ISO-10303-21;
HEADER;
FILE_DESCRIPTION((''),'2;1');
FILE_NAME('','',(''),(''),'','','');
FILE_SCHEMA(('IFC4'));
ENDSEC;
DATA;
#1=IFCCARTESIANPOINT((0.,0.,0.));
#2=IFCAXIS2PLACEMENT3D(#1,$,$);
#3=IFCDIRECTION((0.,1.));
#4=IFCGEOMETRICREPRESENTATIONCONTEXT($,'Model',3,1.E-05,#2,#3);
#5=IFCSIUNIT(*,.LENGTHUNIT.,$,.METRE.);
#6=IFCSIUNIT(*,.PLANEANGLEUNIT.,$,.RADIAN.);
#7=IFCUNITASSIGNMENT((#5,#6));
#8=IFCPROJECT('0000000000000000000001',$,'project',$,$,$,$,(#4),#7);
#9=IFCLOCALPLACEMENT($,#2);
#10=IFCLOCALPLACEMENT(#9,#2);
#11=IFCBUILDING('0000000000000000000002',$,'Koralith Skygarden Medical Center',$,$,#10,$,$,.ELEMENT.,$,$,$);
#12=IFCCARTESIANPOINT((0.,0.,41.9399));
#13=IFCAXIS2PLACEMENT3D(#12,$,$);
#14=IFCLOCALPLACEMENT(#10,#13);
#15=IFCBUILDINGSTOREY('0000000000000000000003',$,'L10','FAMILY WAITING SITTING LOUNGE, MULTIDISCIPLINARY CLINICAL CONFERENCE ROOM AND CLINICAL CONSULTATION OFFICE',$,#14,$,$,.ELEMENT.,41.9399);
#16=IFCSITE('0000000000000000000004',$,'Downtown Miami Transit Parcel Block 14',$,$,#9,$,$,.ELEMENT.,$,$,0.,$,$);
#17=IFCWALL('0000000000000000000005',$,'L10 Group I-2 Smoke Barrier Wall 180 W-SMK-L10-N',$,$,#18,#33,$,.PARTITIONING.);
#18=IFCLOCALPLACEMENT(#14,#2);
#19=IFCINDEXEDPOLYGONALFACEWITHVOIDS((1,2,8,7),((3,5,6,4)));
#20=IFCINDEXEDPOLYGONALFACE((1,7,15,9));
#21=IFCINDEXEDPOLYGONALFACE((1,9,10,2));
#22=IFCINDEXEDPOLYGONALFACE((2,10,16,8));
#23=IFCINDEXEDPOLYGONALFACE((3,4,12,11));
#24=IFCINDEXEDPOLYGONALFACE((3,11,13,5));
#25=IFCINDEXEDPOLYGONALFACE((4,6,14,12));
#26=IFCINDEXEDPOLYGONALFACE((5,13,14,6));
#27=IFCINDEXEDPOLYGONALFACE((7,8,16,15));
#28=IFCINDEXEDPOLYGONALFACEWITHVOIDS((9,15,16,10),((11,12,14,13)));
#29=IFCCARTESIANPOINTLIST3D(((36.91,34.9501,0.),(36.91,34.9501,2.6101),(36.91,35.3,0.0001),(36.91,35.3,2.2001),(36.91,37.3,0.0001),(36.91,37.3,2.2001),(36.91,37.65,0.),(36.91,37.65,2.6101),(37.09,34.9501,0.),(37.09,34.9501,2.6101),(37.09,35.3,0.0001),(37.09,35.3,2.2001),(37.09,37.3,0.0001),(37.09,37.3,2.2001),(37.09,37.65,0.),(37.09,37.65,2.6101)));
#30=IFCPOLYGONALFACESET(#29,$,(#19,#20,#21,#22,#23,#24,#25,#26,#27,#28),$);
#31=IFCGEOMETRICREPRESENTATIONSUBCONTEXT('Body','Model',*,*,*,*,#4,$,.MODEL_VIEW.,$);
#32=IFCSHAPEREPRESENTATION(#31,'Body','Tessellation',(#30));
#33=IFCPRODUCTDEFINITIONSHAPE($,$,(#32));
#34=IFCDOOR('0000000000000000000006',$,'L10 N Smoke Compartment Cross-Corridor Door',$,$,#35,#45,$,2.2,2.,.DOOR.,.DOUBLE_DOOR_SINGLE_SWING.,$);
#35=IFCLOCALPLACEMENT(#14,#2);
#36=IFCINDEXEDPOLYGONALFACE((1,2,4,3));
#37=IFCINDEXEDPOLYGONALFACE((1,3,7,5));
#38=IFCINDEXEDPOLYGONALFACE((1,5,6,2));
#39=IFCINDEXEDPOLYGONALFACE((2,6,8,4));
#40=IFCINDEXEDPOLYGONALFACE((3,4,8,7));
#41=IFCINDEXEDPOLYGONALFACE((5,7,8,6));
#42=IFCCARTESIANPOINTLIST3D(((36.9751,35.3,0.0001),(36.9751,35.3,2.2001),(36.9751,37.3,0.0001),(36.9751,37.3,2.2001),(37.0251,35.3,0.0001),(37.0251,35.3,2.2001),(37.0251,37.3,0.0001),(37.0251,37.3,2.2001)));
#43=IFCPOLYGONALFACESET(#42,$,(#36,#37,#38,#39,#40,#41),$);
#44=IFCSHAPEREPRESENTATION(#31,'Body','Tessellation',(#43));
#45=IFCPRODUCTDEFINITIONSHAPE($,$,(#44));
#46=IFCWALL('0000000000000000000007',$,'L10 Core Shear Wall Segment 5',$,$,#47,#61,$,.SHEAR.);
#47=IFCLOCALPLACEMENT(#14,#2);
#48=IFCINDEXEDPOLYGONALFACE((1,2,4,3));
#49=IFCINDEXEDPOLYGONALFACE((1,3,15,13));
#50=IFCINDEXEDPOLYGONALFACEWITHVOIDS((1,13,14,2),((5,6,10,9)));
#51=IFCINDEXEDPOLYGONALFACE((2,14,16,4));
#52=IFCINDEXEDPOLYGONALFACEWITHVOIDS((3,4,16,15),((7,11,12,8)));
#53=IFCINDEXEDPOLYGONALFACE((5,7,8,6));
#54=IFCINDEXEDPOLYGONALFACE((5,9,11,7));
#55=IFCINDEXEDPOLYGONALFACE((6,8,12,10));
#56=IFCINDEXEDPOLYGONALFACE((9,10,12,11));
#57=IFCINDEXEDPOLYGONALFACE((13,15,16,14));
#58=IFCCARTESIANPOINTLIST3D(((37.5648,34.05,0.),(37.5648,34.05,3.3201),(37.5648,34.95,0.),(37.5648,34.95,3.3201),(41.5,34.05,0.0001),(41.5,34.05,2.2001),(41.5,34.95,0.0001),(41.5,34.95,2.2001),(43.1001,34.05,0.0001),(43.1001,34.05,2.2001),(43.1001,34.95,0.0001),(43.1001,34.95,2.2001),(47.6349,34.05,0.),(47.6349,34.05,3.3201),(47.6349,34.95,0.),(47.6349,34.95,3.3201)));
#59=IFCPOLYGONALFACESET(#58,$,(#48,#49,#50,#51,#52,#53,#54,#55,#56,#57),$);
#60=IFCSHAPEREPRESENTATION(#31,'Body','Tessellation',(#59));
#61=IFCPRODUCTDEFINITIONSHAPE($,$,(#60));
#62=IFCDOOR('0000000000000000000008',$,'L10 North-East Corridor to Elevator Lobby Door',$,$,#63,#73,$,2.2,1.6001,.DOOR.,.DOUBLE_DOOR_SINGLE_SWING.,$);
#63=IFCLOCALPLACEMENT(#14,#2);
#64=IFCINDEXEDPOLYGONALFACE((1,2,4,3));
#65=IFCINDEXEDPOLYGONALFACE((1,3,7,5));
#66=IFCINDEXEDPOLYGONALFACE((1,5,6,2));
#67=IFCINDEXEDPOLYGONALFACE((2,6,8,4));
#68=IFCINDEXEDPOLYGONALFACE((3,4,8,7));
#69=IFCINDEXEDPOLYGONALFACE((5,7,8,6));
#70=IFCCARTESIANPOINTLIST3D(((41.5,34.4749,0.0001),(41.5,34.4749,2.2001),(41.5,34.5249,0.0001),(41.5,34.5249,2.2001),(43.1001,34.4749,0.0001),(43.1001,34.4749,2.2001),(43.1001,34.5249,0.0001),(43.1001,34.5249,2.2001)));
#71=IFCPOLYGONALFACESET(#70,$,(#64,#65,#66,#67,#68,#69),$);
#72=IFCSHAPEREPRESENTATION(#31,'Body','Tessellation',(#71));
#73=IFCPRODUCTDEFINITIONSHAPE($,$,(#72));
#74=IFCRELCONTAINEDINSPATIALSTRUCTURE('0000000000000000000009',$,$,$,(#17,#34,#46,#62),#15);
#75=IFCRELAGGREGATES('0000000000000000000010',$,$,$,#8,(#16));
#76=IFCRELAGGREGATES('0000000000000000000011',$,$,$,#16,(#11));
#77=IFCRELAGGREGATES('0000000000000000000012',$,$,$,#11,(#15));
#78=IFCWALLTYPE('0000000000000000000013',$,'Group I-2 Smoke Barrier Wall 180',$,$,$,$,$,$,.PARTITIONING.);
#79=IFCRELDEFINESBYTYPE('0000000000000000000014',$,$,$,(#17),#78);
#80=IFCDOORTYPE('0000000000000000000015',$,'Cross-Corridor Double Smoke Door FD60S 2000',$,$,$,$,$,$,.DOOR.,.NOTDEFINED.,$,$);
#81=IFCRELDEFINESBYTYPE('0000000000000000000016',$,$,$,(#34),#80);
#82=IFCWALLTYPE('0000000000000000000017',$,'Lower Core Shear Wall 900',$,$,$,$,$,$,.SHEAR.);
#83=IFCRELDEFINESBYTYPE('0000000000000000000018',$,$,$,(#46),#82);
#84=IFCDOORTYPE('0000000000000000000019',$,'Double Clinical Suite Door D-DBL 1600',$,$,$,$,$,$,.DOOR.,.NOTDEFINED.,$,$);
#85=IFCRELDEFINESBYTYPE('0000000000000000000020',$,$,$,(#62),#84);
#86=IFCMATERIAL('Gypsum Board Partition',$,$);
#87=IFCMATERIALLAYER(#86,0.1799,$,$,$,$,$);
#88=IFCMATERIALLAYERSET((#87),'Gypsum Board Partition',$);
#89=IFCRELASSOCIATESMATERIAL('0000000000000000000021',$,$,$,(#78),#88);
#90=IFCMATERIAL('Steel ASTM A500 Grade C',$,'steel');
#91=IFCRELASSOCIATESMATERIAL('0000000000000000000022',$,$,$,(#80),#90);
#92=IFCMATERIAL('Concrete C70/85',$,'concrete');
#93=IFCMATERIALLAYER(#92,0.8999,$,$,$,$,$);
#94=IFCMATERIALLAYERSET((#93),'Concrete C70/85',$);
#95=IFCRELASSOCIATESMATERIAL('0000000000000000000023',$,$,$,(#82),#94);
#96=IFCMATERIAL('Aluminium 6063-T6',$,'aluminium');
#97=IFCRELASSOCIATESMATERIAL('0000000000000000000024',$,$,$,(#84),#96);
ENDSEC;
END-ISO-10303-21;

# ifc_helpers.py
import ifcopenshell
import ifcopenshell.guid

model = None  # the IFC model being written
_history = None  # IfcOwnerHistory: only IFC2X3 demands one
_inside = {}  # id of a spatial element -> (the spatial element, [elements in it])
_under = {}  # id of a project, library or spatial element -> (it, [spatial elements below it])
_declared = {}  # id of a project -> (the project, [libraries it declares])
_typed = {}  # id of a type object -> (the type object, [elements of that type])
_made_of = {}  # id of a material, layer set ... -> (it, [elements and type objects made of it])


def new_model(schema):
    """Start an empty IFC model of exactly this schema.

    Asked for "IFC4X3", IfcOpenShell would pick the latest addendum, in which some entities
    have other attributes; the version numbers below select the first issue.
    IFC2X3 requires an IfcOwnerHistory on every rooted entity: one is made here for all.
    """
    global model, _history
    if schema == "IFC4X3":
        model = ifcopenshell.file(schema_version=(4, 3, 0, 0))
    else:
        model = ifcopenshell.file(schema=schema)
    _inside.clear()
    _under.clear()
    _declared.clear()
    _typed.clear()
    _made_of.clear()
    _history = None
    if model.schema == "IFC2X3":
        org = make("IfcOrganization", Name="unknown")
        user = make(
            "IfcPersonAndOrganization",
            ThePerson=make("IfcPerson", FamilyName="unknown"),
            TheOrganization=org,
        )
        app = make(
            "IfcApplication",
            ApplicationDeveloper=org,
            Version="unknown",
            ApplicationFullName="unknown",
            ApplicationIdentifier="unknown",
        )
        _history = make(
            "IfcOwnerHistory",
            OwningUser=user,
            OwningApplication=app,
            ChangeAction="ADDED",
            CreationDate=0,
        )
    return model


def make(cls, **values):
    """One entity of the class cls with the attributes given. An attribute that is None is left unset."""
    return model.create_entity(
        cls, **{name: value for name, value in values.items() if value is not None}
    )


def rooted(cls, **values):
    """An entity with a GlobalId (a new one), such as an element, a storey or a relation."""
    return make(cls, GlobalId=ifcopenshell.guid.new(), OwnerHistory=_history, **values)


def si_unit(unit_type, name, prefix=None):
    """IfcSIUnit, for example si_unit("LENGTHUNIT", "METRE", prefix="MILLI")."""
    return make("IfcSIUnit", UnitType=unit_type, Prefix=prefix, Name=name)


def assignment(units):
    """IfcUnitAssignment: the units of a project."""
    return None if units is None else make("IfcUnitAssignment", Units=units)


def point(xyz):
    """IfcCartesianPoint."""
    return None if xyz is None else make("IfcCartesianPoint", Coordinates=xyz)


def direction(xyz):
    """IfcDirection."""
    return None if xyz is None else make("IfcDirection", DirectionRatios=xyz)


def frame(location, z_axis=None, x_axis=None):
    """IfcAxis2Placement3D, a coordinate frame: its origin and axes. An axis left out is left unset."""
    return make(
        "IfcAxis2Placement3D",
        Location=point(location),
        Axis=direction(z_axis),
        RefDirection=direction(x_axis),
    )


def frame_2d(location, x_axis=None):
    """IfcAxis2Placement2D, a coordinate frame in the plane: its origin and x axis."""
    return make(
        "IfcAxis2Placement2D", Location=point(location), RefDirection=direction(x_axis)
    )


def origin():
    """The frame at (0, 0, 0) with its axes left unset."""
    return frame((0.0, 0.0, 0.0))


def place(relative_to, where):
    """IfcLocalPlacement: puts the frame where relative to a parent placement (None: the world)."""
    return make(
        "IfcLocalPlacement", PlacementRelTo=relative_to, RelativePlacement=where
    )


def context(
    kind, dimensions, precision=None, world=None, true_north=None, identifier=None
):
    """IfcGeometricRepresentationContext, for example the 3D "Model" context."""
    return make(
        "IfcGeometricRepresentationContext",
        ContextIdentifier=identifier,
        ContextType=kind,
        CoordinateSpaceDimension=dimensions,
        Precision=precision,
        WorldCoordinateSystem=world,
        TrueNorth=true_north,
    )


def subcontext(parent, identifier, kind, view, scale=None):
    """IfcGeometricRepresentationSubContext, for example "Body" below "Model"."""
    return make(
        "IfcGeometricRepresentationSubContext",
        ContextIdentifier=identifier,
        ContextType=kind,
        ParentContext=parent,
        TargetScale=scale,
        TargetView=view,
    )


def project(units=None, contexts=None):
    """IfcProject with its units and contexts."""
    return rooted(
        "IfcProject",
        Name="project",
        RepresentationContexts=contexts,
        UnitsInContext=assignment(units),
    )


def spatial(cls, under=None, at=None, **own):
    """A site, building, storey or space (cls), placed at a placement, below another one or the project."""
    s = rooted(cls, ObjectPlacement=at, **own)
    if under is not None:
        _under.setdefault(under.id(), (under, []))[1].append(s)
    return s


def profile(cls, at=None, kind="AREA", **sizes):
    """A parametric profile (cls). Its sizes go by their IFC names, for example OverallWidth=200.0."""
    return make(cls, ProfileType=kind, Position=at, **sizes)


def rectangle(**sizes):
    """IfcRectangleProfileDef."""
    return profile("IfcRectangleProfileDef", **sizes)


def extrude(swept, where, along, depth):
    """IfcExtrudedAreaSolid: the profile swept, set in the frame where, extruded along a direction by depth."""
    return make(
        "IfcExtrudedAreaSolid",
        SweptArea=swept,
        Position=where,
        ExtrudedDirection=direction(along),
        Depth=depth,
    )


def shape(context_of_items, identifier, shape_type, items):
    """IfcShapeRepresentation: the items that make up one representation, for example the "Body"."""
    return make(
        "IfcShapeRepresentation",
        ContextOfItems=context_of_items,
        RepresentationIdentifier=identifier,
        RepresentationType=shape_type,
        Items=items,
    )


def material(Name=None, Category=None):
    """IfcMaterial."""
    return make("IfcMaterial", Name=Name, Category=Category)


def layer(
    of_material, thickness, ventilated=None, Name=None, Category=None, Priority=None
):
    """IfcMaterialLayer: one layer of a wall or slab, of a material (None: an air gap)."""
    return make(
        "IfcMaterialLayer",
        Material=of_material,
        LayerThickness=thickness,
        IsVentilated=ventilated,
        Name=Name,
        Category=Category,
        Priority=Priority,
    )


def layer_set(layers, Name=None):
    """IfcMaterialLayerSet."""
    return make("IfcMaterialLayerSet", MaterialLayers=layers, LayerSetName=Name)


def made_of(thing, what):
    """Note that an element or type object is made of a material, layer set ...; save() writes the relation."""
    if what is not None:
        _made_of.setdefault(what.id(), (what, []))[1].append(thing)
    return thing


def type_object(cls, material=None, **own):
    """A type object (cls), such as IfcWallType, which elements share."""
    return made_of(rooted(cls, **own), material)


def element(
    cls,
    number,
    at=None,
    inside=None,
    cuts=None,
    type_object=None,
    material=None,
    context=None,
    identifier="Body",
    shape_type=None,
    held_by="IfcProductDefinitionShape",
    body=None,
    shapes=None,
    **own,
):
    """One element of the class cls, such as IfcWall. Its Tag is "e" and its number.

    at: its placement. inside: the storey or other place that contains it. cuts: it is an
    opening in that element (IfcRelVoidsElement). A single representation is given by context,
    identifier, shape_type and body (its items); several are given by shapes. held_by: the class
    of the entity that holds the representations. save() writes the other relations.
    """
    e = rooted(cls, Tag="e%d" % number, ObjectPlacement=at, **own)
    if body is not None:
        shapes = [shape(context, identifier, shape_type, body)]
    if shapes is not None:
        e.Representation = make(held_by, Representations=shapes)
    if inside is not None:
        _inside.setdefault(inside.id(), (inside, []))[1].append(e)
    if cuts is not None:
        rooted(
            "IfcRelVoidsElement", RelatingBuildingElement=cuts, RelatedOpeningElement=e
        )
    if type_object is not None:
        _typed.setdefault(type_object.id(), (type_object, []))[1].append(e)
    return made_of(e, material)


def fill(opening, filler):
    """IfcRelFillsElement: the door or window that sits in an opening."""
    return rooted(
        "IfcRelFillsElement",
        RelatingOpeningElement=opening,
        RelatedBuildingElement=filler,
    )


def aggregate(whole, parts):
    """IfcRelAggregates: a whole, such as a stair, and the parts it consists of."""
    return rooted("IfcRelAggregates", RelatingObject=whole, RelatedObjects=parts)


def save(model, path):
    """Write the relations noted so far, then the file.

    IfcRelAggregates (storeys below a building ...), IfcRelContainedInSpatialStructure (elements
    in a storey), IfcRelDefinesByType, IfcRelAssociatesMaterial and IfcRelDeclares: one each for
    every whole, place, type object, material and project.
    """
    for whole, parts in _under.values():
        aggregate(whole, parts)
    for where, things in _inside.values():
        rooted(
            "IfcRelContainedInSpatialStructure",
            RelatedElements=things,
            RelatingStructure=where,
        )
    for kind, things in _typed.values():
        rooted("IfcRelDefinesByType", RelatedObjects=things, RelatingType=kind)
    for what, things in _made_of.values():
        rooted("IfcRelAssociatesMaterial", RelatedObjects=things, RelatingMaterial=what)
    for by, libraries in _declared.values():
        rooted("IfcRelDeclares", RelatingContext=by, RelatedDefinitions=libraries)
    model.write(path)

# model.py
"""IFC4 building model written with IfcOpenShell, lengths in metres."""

from ifc_helpers import new_model, si_unit, direction, frame, frame_2d, origin, place, context, subcontext, project, spatial, rectangle, extrude, material, layer, layer_set, type_object, element, fill, save


model = new_model("IFC4")

# Units and contexts
model_context = context("Model", 3, precision=1e-05, world=origin(), true_north=direction((0.0, 1.0)))
body_context = subcontext(model_context, "Body", "Model", "MODEL_VIEW")
ifc_project = project(units=[si_unit("LENGTHUNIT", "METRE"), si_unit("PLANEANGLEUNIT", "RADIAN")], contexts=[model_context])

# Site, building, storey
site_placement = place(None, origin())
site = spatial("IfcSite", under=ifc_project, at=site_placement, Name="Downtown Miami Transit Parcel Block 14", CompositionType="ELEMENT", RefElevation=0.0)
building_placement = place(site_placement, origin())
building = spatial("IfcBuilding", under=site, at=building_placement, Name="Koralith Skygarden Medical Center", CompositionType="ELEMENT")
storey_placement = place(building_placement, frame((0.0, 0.0, 41.9399)))
storey = spatial("IfcBuildingStorey", under=building, at=storey_placement, Name="L10", Description="FAMILY WAITING SITTING LOUNGE, MULTIDISCIPLINARY CLINICAL CONFERENCE ROOM AND CLINICAL CONSULTATION OFFICE", CompositionType="ELEMENT", Elevation=41.9399)

# Shared definitions
ifc_material_1 = material(Name="Concrete C70/85", Category="concrete")

# Shared definitions
ifc_material_2 = material(Name="Aluminium 6063-T6", Category="aluminium")

# Shared definitions
ifc_material_3 = material(Name="Gypsum Board Partition")

# Walls, openings, doors
ifc_layer_1 = layer(ifc_material_3, 0.1799)
ifc_layer_set_1 = layer_set([ifc_layer_1], Name="Gypsum Board Partition")
wall_type_1 = type_object("IfcWallType", Name="Group I-2 Smoke Barrier Wall 180", PredefinedType="PARTITIONING", material=ifc_layer_set_1)
wall_1_placement = place(storey_placement, frame((37.0, 34.95, 0.0), z_axis=(0.0, 0.0, 1.0), x_axis=(0.0, 1.0, 0.0)))
wall_1 = element("IfcWall", 1, at=wall_1_placement, inside=storey, type_object=wall_type_1, Name="L10 Group I-2 Smoke Barrier Wall 180 W-SMK-L10-N", PredefinedType="PARTITIONING", context=body_context, shape_type="SweptSolid", body=[
    extrude(rectangle(XDim=2.7, YDim=0.1799, at=frame_2d((1.3501, 0.0))), origin(), (0.0, 0.0, 1.0), 2.6101),
])
opening_1_placement = place(wall_1_placement, frame((0.3501, 0.0, 0.0)))
opening_1 = element("IfcOpeningElement", 2, at=opening_1_placement, cuts=wall_1, PredefinedType="OPENING", context=body_context, shape_type="SweptSolid", body=[
    extrude(rectangle(XDim=2.0, YDim=2.2, at=frame_2d((1.0, 1.1001))), frame((0.0, 0.0999, 0.0), z_axis=(0.0, -1.0, 0.0), x_axis=(1.0, 0.0, 0.0)), (0.0, 0.0, 1.0), 0.2),
])
ifc_material_4 = material(Name="Steel ASTM A500 Grade C", Category="steel")
door_type_1 = type_object("IfcDoorType", Name="Cross-Corridor Double Smoke Door FD60S 2000", OperationType="NOTDEFINED", PredefinedType="DOOR", material=ifc_material_4)
door_1_placement = place(opening_1_placement, origin())
door_1 = element("IfcDoor", 3, at=door_1_placement, inside=storey, type_object=door_type_1, Name="L10 N Smoke Compartment Cross-Corridor Door", OperationType="DOUBLE_DOOR_SINGLE_SWING", OverallHeight=2.2, OverallWidth=2.0, PredefinedType="DOOR", context=body_context, shape_type="SweptSolid", body=[
    extrude(rectangle(XDim=2.0, YDim=2.2, at=frame_2d((1.0, 1.1001))), frame((0.0, 0.0249, 0.0), z_axis=(0.0, -1.0, 0.0), x_axis=(1.0, 0.0, 0.0)), (0.0, 0.0, 1.0), 0.05),
])
fill(opening_1, door_1)
ifc_layer_2 = layer(ifc_material_1, 0.8999)
ifc_layer_set_2 = layer_set([ifc_layer_2], Name="Concrete C70/85")
wall_type_2 = type_object("IfcWallType", Name="Lower Core Shear Wall 900", PredefinedType="SHEAR", material=ifc_layer_set_2)
wall_2_placement = place(storey_placement, frame((47.635, 34.5, 0.0), z_axis=(0.0, 0.0, 1.0), x_axis=(-1.0, 0.0, 0.0)))
wall_2 = element("IfcWall", 4, at=wall_2_placement, inside=storey, type_object=wall_type_2, Name="L10 Core Shear Wall Segment 5", PredefinedType="SHEAR", context=body_context, shape_type="SweptSolid", body=[
    extrude(rectangle(XDim=10.0701, YDim=0.8999, at=frame_2d((5.0352, 0.0))), origin(), (0.0, 0.0, 1.0), 3.3201),
])
opening_2_placement = place(wall_2_placement, frame((4.5349, 0.0, 0.0)))
opening_2 = element("IfcOpeningElement", 5, at=opening_2_placement, cuts=wall_2, PredefinedType="OPENING", context=body_context, shape_type="SweptSolid", body=[
    extrude(rectangle(XDim=1.6001, YDim=2.2, at=frame_2d((0.8, 1.1001))), frame((0.0, 0.46, 0.0), z_axis=(0.0, -1.0, 0.0), x_axis=(1.0, 0.0, 0.0)), (0.0, 0.0, 1.0), 0.9199),
])
door_type_2 = type_object("IfcDoorType", Name="Double Clinical Suite Door D-DBL 1600", OperationType="NOTDEFINED", PredefinedType="DOOR", material=ifc_material_2)
door_2_placement = place(opening_2_placement, frame((1.6001, 0.0, 0.0), z_axis=(0.0, 0.0, 1.0), x_axis=(-1.0, 0.0, 0.0)))
door_2 = element("IfcDoor", 6, at=door_2_placement, inside=storey, type_object=door_type_2, Name="L10 North-East Corridor to Elevator Lobby Door", OperationType="DOUBLE_DOOR_SINGLE_SWING", OverallHeight=2.2, OverallWidth=1.6001, PredefinedType="DOOR", context=body_context, shape_type="SweptSolid", body=[
    extrude(rectangle(XDim=1.6001, YDim=2.2, at=frame_2d((0.8, 1.1001))), frame((0.0, 0.0249, 0.0), z_axis=(0.0, -1.0, 0.0), x_axis=(1.0, 0.0, 0.0)), (0.0, 0.0, 1.0), 0.05),
])
fill(opening_2, door_2)

save(model, "model.ifc")
